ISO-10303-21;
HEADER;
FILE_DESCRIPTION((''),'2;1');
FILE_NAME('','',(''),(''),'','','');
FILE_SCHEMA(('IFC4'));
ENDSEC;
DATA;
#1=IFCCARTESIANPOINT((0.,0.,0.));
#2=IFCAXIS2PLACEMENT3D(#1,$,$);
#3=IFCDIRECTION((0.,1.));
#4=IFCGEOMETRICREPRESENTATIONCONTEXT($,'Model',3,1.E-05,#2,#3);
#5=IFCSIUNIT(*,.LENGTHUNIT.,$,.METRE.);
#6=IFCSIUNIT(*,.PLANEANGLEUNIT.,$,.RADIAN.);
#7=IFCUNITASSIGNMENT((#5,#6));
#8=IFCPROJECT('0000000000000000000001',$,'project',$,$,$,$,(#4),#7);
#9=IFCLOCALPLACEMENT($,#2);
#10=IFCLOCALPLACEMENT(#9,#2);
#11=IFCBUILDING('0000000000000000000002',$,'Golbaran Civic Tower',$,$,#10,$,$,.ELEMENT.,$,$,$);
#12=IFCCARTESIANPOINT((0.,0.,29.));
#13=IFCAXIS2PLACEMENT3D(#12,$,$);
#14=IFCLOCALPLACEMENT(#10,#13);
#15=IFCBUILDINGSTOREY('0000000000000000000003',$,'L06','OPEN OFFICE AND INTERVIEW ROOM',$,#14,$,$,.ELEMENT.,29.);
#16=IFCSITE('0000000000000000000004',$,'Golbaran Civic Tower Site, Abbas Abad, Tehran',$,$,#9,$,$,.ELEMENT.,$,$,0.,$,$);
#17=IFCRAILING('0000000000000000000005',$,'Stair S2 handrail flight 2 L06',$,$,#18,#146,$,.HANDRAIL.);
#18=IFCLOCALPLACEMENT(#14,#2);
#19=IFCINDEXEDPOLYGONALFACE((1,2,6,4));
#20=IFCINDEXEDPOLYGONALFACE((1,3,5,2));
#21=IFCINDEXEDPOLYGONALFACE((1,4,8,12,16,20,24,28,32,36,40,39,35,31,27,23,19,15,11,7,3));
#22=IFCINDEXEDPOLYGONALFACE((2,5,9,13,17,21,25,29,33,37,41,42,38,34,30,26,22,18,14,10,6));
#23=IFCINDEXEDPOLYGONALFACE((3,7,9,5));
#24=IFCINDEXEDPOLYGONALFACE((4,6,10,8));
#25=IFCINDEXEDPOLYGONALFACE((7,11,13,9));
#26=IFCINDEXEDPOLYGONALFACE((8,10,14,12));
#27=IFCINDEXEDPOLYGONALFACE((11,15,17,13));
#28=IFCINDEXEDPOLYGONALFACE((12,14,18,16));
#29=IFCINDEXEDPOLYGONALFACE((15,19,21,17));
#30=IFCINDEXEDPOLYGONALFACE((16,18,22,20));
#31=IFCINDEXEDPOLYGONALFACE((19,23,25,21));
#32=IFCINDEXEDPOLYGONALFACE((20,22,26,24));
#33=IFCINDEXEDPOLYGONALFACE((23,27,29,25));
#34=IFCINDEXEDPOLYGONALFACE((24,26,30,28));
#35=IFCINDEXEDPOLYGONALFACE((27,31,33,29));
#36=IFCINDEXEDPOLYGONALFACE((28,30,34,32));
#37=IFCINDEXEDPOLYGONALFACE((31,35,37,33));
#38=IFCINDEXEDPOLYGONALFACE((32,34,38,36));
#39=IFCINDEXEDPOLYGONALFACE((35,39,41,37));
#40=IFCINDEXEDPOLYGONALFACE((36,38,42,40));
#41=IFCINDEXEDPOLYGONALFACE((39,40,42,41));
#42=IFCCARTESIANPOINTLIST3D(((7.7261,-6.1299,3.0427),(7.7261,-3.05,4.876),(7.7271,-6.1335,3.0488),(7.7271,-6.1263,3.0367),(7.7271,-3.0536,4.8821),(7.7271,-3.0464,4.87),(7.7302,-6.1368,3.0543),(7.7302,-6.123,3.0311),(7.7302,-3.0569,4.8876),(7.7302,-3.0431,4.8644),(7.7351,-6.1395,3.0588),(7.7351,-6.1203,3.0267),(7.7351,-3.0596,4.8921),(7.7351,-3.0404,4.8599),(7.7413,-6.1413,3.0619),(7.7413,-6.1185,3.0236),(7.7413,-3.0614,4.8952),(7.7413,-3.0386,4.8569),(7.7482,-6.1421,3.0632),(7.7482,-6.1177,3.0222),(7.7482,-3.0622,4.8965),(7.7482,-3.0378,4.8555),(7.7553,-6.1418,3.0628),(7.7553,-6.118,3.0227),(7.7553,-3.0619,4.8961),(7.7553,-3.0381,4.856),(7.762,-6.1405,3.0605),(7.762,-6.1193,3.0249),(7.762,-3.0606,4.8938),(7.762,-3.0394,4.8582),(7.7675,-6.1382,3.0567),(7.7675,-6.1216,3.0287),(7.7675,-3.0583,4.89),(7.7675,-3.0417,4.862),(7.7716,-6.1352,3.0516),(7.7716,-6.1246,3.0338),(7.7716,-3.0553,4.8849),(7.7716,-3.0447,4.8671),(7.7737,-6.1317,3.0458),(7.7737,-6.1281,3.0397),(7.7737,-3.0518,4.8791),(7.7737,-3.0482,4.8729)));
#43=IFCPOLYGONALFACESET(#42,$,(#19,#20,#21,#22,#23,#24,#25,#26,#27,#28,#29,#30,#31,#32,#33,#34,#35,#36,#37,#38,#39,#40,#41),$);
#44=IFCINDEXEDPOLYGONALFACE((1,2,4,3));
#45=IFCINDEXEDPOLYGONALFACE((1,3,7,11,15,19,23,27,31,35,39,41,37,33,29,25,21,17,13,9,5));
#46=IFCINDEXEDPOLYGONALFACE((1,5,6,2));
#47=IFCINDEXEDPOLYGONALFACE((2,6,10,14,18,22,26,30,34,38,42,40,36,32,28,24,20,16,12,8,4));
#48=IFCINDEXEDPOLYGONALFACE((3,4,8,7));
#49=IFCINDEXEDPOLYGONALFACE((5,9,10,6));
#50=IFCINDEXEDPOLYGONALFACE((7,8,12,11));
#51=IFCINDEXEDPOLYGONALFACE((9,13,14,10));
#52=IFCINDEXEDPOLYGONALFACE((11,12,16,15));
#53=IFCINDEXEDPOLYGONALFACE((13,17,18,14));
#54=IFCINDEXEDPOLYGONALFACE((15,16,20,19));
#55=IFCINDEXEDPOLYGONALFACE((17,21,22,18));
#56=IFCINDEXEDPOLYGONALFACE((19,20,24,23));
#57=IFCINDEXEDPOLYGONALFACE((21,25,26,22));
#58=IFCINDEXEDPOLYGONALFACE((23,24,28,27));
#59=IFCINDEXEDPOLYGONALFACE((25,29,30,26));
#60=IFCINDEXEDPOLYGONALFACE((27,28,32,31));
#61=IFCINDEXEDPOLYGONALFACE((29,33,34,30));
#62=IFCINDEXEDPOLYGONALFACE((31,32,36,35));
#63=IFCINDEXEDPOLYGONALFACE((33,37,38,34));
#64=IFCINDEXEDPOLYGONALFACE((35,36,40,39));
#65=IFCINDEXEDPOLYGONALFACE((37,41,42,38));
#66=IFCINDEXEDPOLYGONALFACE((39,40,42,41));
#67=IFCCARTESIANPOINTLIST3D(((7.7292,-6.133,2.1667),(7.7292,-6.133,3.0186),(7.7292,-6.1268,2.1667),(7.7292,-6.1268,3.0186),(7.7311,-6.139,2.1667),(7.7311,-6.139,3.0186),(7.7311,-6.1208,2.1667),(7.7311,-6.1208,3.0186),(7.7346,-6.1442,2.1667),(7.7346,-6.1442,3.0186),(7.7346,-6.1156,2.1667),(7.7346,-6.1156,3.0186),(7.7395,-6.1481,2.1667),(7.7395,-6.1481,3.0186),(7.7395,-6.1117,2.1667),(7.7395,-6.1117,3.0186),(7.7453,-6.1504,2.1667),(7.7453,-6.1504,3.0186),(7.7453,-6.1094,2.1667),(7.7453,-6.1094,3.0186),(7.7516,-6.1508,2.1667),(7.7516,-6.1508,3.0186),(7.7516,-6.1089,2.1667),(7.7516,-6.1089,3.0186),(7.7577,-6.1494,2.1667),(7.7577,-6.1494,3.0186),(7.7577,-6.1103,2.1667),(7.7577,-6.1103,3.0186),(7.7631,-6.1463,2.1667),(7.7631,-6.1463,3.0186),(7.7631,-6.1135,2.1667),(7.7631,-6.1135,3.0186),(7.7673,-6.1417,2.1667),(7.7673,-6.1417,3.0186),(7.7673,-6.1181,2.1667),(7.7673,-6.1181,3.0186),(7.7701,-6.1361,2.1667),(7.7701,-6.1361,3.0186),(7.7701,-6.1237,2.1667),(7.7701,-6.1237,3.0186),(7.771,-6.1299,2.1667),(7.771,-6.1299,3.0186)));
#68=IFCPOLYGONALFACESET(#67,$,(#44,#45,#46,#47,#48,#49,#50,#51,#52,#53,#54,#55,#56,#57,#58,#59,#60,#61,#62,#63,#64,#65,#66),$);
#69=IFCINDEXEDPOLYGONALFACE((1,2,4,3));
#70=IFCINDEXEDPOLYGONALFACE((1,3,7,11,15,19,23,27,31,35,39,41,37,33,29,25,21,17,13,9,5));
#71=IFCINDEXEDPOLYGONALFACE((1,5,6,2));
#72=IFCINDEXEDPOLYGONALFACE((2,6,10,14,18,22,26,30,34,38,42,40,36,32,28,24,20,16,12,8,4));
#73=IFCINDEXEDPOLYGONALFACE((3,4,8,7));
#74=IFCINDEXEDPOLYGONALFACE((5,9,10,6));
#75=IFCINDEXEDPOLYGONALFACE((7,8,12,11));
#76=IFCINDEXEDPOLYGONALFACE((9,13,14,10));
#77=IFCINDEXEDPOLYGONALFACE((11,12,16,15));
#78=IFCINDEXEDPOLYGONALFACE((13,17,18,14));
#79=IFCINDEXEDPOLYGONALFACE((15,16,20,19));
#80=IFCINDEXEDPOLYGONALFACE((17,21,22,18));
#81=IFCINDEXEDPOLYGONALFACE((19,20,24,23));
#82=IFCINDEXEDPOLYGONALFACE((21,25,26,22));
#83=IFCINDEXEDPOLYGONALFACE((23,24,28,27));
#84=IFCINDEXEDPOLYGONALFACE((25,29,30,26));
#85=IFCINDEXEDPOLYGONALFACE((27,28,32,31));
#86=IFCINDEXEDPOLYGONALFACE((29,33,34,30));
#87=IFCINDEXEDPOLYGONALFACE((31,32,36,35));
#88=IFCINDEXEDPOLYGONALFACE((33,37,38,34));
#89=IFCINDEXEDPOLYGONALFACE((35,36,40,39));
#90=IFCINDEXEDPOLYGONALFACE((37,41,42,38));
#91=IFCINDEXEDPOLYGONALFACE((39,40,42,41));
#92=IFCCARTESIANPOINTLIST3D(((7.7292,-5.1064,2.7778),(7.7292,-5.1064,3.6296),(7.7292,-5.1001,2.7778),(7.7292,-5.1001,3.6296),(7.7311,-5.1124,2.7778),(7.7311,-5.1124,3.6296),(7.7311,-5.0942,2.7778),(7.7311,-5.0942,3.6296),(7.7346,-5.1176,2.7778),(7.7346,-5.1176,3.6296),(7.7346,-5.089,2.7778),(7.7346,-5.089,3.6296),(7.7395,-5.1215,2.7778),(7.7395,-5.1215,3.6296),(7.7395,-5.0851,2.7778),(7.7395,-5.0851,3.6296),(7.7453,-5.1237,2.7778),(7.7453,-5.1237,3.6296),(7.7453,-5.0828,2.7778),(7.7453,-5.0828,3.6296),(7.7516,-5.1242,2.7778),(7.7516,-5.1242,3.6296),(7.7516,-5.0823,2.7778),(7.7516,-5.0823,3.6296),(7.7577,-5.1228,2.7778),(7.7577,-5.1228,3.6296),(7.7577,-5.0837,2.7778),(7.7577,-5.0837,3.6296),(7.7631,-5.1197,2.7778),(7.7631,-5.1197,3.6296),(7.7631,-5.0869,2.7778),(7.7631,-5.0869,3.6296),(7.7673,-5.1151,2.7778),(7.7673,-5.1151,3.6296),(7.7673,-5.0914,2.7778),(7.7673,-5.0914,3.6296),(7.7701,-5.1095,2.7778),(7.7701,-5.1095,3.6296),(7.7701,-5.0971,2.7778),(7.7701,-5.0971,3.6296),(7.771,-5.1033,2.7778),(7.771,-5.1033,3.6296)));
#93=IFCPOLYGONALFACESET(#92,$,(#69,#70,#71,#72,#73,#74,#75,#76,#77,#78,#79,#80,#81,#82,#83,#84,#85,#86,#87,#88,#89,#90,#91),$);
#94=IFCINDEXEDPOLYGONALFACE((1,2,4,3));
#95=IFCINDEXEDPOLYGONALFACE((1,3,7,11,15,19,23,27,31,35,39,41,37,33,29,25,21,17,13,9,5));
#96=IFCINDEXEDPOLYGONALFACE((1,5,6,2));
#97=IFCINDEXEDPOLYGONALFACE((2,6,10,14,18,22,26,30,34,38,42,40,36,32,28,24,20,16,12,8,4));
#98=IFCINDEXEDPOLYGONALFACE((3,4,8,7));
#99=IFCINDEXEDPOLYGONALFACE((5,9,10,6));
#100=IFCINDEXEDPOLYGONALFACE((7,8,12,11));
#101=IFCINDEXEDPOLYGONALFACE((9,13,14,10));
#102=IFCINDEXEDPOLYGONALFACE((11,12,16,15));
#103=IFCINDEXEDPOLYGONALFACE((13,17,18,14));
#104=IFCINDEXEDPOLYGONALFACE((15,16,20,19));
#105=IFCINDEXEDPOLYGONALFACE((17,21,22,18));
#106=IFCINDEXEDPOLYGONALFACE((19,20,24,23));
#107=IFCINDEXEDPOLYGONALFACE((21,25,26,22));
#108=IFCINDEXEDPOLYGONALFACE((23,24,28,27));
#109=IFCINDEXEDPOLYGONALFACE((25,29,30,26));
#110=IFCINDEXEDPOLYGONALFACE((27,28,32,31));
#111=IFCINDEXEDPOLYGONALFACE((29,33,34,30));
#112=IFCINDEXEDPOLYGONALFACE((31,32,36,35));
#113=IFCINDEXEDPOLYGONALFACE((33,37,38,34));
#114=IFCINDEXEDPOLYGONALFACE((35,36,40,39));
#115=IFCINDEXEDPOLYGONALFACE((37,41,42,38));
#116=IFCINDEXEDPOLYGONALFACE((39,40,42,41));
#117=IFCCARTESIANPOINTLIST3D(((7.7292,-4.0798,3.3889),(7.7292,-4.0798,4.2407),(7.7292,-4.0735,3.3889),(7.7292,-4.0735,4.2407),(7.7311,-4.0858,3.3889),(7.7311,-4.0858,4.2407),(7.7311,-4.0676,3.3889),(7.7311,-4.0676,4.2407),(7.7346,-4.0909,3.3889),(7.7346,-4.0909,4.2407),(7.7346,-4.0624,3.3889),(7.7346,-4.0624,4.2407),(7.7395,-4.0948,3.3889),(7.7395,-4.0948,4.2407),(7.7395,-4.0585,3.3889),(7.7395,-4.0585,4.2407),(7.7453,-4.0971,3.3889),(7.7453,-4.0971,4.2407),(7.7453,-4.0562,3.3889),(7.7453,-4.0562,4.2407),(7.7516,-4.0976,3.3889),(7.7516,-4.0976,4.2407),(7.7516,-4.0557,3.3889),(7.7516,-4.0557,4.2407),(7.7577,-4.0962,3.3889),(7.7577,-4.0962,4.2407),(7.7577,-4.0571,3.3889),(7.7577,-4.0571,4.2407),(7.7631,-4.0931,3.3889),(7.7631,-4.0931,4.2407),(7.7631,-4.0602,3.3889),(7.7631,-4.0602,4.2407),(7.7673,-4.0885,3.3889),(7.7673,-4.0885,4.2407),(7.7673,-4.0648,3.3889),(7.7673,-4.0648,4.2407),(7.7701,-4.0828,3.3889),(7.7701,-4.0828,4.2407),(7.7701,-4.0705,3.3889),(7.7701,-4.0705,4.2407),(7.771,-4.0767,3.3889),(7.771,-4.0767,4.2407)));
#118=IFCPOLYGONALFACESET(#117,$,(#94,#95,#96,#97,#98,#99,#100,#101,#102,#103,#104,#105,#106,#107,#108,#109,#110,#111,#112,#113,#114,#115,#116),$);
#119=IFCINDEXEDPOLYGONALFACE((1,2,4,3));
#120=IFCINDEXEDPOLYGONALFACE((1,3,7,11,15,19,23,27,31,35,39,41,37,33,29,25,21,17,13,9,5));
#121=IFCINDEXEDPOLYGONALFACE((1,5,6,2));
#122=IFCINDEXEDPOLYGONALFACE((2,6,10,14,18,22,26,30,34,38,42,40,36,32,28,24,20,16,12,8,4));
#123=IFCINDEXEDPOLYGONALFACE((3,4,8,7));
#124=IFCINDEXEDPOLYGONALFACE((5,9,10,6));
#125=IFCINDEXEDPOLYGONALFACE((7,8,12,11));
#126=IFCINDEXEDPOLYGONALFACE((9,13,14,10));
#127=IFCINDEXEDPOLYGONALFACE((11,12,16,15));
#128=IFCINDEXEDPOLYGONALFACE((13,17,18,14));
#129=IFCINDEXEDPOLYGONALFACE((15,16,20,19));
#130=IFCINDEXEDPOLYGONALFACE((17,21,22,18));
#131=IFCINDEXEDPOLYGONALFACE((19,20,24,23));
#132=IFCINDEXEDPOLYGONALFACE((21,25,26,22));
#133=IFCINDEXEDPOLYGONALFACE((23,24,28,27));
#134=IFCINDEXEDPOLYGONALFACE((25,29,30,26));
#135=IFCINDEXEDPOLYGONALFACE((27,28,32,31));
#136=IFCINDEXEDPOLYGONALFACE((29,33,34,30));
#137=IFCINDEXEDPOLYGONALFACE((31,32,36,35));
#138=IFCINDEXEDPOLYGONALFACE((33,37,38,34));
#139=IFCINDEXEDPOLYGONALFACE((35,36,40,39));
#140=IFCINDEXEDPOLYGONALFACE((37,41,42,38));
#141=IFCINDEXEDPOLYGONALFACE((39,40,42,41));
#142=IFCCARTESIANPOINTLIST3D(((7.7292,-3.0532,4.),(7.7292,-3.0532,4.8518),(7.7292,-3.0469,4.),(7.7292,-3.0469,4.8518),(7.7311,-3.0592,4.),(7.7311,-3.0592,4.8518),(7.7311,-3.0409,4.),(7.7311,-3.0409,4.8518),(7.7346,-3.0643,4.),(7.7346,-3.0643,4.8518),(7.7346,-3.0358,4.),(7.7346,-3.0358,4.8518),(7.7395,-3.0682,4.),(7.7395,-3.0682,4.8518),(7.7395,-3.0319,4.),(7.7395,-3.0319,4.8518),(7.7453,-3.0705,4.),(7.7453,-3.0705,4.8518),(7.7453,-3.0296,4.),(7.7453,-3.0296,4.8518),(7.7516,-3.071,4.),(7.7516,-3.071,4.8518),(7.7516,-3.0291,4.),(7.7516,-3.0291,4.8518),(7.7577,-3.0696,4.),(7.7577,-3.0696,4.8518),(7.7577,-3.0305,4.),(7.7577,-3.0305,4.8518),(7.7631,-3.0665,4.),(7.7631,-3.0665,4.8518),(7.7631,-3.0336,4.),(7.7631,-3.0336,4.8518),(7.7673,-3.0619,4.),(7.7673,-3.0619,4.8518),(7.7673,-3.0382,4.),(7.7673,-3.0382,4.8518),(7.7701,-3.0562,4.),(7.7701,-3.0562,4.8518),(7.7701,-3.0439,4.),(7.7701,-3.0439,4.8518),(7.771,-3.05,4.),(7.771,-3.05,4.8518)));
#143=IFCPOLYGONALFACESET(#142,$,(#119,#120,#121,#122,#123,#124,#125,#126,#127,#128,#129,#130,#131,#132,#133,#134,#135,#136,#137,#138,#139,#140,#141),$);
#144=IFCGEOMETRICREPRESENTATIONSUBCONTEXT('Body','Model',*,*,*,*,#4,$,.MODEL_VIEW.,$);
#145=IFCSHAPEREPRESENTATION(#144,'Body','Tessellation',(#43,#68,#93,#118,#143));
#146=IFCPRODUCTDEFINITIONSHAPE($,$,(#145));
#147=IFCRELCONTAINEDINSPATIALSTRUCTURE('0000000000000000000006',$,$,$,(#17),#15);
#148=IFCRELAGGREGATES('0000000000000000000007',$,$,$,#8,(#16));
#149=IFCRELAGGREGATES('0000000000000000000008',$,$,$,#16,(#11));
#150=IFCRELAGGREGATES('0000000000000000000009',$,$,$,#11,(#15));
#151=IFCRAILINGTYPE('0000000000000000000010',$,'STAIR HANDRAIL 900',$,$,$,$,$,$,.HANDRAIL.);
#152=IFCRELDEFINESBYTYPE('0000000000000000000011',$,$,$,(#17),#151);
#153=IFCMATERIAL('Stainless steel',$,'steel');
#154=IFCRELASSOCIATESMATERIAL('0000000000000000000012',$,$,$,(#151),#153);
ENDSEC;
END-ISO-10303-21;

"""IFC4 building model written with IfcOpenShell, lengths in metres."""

from ifc_helpers import new_model, si_unit, direction, frame, origin, origin_2d, place, context, subcontext, project, spatial, circle, extrude, material, type_object, element, save


model = new_model("IFC4")

# Units and contexts
model_context = context("Model", 3, precision=1e-05, world=origin(), true_north=direction((0.0, 1.0)))
body_context = subcontext(model_context, "Body", "Model", "MODEL_VIEW")
ifc_project = project(units=[si_unit("LENGTHUNIT", "METRE"), si_unit("PLANEANGLEUNIT", "RADIAN")], contexts=[model_context])

# Site, building, storey
site_placement = place(None, origin())
site = spatial("IfcSite", under=ifc_project, at=site_placement, Name="Golbaran Civic Tower Site, Abbas Abad, Tehran", CompositionType="ELEMENT", RefElevation=0.0)
building_placement = place(site_placement, origin())
building = spatial("IfcBuilding", under=site, at=building_placement, Name="Golbaran Civic Tower", CompositionType="ELEMENT")
storey_placement = place(building_placement, frame((0.0, 0.0, 29.0)))
storey = spatial("IfcBuildingStorey", under=building, at=storey_placement, Name="L06", Description="OPEN OFFICE AND INTERVIEW ROOM", CompositionType="ELEMENT", Elevation=29.0)

# Shared definitions
ifc_material_1 = material(Name="Stainless steel", Category="steel")

# Railing
railing_type = type_object("IfcRailingType", Name="STAIR HANDRAIL 900", PredefinedType="HANDRAIL", material=ifc_material_1)
railing_1_placement = place(storey_placement, frame((7.75, -6.1299, 2.1667)))
element("IfcRailing", 1, at=railing_1_placement, inside=storey, type_object=railing_type, Name="Stair S2 handrail flight 2 L06", PredefinedType="HANDRAIL", context=body_context, shape_type="SweptSolid", body=[
    extrude(circle(Radius=0.0239, at=origin_2d()), frame((0.0, 0.0, 0.876), z_axis=(0.0, 0.859291, 0.511487), x_axis=(-1.0, 0.0, 0.0)), (0.0, 0.0, 1.0), 3.5842),
    extrude(circle(Radius=0.021, at=origin_2d()), origin(), (0.0, 0.0, 1.0), 0.8518),
    extrude(circle(Radius=0.021, at=origin_2d()), frame((0.0, 1.0266, 0.6111)), (0.0, 0.0, 1.0), 0.8518),
    extrude(circle(Radius=0.021, at=origin_2d()), frame((0.0, 2.0532, 1.2222)), (0.0, 0.0, 1.0), 0.8518),
    extrude(circle(Radius=0.021, at=origin_2d()), frame((0.0, 3.0798, 1.8333)), (0.0, 0.0, 1.0), 0.8518),
])

save(model, "model.ifc")
